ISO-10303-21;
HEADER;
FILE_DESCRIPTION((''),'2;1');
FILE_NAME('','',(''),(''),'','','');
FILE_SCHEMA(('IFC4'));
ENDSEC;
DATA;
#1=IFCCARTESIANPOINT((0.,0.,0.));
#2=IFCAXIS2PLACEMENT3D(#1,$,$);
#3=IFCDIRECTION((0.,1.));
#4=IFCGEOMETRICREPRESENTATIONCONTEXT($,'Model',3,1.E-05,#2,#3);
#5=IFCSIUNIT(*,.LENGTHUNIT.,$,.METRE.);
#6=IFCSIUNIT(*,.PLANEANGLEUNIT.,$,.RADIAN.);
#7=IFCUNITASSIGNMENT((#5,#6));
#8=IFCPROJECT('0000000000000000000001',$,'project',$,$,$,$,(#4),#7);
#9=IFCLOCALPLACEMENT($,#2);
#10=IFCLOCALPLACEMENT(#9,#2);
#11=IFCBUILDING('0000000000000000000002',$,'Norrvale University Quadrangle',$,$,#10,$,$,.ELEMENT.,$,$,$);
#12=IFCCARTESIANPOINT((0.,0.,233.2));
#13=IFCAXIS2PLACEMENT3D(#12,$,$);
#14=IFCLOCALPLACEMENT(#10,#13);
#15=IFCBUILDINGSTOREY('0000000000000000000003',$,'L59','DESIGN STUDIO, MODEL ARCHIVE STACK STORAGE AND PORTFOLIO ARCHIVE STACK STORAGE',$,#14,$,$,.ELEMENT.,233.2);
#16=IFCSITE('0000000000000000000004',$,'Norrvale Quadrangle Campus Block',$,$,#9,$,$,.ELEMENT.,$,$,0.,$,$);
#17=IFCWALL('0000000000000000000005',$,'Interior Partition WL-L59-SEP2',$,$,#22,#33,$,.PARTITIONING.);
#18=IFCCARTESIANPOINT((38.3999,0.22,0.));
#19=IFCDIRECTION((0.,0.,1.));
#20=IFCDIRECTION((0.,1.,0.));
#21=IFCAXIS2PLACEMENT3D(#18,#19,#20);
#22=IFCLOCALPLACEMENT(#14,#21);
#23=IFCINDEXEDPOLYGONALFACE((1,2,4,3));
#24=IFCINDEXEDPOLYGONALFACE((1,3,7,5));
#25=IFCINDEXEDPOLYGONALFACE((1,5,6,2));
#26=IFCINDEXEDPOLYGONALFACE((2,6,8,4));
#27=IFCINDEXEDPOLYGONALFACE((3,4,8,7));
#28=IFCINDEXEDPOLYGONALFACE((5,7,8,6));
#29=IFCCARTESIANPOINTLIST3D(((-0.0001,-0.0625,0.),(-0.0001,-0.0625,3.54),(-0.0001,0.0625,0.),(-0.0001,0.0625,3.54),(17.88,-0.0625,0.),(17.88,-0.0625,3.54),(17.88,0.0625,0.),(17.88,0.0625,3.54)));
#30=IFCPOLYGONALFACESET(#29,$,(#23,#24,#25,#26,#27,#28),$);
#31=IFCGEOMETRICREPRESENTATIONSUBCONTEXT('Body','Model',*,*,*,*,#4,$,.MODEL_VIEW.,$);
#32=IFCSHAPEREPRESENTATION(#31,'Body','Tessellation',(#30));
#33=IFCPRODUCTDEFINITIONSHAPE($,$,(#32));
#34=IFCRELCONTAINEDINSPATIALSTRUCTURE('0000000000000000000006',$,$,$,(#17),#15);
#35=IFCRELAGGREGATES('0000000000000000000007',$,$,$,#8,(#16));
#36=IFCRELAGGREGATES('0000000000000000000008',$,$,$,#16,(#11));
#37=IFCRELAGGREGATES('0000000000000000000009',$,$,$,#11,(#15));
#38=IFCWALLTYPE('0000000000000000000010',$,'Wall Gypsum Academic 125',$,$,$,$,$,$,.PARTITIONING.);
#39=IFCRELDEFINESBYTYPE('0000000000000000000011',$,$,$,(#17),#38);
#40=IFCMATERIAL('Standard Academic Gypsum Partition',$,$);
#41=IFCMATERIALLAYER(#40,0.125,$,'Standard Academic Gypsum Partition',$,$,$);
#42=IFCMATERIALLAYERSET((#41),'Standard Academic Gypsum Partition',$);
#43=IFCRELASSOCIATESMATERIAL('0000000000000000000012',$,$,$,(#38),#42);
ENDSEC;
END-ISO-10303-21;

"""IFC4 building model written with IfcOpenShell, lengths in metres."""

from ifc_helpers import new_model, si_unit, direction, frame, frame_2d, origin, place, context, subcontext, project, spatial, rectangle, extrude, material, layer, layer_set, type_object, element, save


model = new_model("IFC4")

# Units and contexts
model_context = context("Model", 3, precision=1e-05, world=origin(), true_north=direction((0.0, 1.0)))
body_context = subcontext(model_context, "Body", "Model", "MODEL_VIEW")
ifc_project = project(units=[si_unit("LENGTHUNIT", "METRE"), si_unit("PLANEANGLEUNIT", "RADIAN")], contexts=[model_context])

# Site, building, storey
site_placement = place(None, origin())
site = spatial("IfcSite", under=ifc_project, at=site_placement, Name="Norrvale Quadrangle Campus Block", CompositionType="ELEMENT", RefElevation=0.0)
building_placement = place(site_placement, origin())
building = spatial("IfcBuilding", under=site, at=building_placement, Name="Norrvale University Quadrangle", CompositionType="ELEMENT")
storey_placement = place(building_placement, frame((0.0, 0.0, 233.2)))
storey = spatial("IfcBuildingStorey", under=building, at=storey_placement, Name="L59", Description="DESIGN STUDIO, MODEL ARCHIVE STACK STORAGE AND PORTFOLIO ARCHIVE STACK STORAGE", CompositionType="ELEMENT", Elevation=233.2)

# Wall
ifc_material_1 = material(Name="Standard Academic Gypsum Partition")
ifc_layer_1 = layer(ifc_material_1, 0.125, Name="Standard Academic Gypsum Partition")
ifc_layer_set_1 = layer_set([ifc_layer_1], Name="Standard Academic Gypsum Partition")
wall_type_1 = type_object("IfcWallType", Name="Wall Gypsum Academic 125", PredefinedType="PARTITIONING", material=ifc_layer_set_1)
wall_1_placement = place(storey_placement, frame((38.3999, 0.22, 0.0), z_axis=(0.0, 0.0, 1.0), x_axis=(0.0, 1.0, 0.0)))
element("IfcWall", 1, at=wall_1_placement, inside=storey, type_object=wall_type_1, Name="Interior Partition WL-L59-SEP2", PredefinedType="PARTITIONING", context=body_context, shape_type="SweptSolid", body=[
    extrude(rectangle(XDim=17.8801, YDim=0.125, at=frame_2d((8.9399, 0.0))), origin(), (0.0, 0.0, 1.0), 3.54),
])

save(model, "model.ifc")
